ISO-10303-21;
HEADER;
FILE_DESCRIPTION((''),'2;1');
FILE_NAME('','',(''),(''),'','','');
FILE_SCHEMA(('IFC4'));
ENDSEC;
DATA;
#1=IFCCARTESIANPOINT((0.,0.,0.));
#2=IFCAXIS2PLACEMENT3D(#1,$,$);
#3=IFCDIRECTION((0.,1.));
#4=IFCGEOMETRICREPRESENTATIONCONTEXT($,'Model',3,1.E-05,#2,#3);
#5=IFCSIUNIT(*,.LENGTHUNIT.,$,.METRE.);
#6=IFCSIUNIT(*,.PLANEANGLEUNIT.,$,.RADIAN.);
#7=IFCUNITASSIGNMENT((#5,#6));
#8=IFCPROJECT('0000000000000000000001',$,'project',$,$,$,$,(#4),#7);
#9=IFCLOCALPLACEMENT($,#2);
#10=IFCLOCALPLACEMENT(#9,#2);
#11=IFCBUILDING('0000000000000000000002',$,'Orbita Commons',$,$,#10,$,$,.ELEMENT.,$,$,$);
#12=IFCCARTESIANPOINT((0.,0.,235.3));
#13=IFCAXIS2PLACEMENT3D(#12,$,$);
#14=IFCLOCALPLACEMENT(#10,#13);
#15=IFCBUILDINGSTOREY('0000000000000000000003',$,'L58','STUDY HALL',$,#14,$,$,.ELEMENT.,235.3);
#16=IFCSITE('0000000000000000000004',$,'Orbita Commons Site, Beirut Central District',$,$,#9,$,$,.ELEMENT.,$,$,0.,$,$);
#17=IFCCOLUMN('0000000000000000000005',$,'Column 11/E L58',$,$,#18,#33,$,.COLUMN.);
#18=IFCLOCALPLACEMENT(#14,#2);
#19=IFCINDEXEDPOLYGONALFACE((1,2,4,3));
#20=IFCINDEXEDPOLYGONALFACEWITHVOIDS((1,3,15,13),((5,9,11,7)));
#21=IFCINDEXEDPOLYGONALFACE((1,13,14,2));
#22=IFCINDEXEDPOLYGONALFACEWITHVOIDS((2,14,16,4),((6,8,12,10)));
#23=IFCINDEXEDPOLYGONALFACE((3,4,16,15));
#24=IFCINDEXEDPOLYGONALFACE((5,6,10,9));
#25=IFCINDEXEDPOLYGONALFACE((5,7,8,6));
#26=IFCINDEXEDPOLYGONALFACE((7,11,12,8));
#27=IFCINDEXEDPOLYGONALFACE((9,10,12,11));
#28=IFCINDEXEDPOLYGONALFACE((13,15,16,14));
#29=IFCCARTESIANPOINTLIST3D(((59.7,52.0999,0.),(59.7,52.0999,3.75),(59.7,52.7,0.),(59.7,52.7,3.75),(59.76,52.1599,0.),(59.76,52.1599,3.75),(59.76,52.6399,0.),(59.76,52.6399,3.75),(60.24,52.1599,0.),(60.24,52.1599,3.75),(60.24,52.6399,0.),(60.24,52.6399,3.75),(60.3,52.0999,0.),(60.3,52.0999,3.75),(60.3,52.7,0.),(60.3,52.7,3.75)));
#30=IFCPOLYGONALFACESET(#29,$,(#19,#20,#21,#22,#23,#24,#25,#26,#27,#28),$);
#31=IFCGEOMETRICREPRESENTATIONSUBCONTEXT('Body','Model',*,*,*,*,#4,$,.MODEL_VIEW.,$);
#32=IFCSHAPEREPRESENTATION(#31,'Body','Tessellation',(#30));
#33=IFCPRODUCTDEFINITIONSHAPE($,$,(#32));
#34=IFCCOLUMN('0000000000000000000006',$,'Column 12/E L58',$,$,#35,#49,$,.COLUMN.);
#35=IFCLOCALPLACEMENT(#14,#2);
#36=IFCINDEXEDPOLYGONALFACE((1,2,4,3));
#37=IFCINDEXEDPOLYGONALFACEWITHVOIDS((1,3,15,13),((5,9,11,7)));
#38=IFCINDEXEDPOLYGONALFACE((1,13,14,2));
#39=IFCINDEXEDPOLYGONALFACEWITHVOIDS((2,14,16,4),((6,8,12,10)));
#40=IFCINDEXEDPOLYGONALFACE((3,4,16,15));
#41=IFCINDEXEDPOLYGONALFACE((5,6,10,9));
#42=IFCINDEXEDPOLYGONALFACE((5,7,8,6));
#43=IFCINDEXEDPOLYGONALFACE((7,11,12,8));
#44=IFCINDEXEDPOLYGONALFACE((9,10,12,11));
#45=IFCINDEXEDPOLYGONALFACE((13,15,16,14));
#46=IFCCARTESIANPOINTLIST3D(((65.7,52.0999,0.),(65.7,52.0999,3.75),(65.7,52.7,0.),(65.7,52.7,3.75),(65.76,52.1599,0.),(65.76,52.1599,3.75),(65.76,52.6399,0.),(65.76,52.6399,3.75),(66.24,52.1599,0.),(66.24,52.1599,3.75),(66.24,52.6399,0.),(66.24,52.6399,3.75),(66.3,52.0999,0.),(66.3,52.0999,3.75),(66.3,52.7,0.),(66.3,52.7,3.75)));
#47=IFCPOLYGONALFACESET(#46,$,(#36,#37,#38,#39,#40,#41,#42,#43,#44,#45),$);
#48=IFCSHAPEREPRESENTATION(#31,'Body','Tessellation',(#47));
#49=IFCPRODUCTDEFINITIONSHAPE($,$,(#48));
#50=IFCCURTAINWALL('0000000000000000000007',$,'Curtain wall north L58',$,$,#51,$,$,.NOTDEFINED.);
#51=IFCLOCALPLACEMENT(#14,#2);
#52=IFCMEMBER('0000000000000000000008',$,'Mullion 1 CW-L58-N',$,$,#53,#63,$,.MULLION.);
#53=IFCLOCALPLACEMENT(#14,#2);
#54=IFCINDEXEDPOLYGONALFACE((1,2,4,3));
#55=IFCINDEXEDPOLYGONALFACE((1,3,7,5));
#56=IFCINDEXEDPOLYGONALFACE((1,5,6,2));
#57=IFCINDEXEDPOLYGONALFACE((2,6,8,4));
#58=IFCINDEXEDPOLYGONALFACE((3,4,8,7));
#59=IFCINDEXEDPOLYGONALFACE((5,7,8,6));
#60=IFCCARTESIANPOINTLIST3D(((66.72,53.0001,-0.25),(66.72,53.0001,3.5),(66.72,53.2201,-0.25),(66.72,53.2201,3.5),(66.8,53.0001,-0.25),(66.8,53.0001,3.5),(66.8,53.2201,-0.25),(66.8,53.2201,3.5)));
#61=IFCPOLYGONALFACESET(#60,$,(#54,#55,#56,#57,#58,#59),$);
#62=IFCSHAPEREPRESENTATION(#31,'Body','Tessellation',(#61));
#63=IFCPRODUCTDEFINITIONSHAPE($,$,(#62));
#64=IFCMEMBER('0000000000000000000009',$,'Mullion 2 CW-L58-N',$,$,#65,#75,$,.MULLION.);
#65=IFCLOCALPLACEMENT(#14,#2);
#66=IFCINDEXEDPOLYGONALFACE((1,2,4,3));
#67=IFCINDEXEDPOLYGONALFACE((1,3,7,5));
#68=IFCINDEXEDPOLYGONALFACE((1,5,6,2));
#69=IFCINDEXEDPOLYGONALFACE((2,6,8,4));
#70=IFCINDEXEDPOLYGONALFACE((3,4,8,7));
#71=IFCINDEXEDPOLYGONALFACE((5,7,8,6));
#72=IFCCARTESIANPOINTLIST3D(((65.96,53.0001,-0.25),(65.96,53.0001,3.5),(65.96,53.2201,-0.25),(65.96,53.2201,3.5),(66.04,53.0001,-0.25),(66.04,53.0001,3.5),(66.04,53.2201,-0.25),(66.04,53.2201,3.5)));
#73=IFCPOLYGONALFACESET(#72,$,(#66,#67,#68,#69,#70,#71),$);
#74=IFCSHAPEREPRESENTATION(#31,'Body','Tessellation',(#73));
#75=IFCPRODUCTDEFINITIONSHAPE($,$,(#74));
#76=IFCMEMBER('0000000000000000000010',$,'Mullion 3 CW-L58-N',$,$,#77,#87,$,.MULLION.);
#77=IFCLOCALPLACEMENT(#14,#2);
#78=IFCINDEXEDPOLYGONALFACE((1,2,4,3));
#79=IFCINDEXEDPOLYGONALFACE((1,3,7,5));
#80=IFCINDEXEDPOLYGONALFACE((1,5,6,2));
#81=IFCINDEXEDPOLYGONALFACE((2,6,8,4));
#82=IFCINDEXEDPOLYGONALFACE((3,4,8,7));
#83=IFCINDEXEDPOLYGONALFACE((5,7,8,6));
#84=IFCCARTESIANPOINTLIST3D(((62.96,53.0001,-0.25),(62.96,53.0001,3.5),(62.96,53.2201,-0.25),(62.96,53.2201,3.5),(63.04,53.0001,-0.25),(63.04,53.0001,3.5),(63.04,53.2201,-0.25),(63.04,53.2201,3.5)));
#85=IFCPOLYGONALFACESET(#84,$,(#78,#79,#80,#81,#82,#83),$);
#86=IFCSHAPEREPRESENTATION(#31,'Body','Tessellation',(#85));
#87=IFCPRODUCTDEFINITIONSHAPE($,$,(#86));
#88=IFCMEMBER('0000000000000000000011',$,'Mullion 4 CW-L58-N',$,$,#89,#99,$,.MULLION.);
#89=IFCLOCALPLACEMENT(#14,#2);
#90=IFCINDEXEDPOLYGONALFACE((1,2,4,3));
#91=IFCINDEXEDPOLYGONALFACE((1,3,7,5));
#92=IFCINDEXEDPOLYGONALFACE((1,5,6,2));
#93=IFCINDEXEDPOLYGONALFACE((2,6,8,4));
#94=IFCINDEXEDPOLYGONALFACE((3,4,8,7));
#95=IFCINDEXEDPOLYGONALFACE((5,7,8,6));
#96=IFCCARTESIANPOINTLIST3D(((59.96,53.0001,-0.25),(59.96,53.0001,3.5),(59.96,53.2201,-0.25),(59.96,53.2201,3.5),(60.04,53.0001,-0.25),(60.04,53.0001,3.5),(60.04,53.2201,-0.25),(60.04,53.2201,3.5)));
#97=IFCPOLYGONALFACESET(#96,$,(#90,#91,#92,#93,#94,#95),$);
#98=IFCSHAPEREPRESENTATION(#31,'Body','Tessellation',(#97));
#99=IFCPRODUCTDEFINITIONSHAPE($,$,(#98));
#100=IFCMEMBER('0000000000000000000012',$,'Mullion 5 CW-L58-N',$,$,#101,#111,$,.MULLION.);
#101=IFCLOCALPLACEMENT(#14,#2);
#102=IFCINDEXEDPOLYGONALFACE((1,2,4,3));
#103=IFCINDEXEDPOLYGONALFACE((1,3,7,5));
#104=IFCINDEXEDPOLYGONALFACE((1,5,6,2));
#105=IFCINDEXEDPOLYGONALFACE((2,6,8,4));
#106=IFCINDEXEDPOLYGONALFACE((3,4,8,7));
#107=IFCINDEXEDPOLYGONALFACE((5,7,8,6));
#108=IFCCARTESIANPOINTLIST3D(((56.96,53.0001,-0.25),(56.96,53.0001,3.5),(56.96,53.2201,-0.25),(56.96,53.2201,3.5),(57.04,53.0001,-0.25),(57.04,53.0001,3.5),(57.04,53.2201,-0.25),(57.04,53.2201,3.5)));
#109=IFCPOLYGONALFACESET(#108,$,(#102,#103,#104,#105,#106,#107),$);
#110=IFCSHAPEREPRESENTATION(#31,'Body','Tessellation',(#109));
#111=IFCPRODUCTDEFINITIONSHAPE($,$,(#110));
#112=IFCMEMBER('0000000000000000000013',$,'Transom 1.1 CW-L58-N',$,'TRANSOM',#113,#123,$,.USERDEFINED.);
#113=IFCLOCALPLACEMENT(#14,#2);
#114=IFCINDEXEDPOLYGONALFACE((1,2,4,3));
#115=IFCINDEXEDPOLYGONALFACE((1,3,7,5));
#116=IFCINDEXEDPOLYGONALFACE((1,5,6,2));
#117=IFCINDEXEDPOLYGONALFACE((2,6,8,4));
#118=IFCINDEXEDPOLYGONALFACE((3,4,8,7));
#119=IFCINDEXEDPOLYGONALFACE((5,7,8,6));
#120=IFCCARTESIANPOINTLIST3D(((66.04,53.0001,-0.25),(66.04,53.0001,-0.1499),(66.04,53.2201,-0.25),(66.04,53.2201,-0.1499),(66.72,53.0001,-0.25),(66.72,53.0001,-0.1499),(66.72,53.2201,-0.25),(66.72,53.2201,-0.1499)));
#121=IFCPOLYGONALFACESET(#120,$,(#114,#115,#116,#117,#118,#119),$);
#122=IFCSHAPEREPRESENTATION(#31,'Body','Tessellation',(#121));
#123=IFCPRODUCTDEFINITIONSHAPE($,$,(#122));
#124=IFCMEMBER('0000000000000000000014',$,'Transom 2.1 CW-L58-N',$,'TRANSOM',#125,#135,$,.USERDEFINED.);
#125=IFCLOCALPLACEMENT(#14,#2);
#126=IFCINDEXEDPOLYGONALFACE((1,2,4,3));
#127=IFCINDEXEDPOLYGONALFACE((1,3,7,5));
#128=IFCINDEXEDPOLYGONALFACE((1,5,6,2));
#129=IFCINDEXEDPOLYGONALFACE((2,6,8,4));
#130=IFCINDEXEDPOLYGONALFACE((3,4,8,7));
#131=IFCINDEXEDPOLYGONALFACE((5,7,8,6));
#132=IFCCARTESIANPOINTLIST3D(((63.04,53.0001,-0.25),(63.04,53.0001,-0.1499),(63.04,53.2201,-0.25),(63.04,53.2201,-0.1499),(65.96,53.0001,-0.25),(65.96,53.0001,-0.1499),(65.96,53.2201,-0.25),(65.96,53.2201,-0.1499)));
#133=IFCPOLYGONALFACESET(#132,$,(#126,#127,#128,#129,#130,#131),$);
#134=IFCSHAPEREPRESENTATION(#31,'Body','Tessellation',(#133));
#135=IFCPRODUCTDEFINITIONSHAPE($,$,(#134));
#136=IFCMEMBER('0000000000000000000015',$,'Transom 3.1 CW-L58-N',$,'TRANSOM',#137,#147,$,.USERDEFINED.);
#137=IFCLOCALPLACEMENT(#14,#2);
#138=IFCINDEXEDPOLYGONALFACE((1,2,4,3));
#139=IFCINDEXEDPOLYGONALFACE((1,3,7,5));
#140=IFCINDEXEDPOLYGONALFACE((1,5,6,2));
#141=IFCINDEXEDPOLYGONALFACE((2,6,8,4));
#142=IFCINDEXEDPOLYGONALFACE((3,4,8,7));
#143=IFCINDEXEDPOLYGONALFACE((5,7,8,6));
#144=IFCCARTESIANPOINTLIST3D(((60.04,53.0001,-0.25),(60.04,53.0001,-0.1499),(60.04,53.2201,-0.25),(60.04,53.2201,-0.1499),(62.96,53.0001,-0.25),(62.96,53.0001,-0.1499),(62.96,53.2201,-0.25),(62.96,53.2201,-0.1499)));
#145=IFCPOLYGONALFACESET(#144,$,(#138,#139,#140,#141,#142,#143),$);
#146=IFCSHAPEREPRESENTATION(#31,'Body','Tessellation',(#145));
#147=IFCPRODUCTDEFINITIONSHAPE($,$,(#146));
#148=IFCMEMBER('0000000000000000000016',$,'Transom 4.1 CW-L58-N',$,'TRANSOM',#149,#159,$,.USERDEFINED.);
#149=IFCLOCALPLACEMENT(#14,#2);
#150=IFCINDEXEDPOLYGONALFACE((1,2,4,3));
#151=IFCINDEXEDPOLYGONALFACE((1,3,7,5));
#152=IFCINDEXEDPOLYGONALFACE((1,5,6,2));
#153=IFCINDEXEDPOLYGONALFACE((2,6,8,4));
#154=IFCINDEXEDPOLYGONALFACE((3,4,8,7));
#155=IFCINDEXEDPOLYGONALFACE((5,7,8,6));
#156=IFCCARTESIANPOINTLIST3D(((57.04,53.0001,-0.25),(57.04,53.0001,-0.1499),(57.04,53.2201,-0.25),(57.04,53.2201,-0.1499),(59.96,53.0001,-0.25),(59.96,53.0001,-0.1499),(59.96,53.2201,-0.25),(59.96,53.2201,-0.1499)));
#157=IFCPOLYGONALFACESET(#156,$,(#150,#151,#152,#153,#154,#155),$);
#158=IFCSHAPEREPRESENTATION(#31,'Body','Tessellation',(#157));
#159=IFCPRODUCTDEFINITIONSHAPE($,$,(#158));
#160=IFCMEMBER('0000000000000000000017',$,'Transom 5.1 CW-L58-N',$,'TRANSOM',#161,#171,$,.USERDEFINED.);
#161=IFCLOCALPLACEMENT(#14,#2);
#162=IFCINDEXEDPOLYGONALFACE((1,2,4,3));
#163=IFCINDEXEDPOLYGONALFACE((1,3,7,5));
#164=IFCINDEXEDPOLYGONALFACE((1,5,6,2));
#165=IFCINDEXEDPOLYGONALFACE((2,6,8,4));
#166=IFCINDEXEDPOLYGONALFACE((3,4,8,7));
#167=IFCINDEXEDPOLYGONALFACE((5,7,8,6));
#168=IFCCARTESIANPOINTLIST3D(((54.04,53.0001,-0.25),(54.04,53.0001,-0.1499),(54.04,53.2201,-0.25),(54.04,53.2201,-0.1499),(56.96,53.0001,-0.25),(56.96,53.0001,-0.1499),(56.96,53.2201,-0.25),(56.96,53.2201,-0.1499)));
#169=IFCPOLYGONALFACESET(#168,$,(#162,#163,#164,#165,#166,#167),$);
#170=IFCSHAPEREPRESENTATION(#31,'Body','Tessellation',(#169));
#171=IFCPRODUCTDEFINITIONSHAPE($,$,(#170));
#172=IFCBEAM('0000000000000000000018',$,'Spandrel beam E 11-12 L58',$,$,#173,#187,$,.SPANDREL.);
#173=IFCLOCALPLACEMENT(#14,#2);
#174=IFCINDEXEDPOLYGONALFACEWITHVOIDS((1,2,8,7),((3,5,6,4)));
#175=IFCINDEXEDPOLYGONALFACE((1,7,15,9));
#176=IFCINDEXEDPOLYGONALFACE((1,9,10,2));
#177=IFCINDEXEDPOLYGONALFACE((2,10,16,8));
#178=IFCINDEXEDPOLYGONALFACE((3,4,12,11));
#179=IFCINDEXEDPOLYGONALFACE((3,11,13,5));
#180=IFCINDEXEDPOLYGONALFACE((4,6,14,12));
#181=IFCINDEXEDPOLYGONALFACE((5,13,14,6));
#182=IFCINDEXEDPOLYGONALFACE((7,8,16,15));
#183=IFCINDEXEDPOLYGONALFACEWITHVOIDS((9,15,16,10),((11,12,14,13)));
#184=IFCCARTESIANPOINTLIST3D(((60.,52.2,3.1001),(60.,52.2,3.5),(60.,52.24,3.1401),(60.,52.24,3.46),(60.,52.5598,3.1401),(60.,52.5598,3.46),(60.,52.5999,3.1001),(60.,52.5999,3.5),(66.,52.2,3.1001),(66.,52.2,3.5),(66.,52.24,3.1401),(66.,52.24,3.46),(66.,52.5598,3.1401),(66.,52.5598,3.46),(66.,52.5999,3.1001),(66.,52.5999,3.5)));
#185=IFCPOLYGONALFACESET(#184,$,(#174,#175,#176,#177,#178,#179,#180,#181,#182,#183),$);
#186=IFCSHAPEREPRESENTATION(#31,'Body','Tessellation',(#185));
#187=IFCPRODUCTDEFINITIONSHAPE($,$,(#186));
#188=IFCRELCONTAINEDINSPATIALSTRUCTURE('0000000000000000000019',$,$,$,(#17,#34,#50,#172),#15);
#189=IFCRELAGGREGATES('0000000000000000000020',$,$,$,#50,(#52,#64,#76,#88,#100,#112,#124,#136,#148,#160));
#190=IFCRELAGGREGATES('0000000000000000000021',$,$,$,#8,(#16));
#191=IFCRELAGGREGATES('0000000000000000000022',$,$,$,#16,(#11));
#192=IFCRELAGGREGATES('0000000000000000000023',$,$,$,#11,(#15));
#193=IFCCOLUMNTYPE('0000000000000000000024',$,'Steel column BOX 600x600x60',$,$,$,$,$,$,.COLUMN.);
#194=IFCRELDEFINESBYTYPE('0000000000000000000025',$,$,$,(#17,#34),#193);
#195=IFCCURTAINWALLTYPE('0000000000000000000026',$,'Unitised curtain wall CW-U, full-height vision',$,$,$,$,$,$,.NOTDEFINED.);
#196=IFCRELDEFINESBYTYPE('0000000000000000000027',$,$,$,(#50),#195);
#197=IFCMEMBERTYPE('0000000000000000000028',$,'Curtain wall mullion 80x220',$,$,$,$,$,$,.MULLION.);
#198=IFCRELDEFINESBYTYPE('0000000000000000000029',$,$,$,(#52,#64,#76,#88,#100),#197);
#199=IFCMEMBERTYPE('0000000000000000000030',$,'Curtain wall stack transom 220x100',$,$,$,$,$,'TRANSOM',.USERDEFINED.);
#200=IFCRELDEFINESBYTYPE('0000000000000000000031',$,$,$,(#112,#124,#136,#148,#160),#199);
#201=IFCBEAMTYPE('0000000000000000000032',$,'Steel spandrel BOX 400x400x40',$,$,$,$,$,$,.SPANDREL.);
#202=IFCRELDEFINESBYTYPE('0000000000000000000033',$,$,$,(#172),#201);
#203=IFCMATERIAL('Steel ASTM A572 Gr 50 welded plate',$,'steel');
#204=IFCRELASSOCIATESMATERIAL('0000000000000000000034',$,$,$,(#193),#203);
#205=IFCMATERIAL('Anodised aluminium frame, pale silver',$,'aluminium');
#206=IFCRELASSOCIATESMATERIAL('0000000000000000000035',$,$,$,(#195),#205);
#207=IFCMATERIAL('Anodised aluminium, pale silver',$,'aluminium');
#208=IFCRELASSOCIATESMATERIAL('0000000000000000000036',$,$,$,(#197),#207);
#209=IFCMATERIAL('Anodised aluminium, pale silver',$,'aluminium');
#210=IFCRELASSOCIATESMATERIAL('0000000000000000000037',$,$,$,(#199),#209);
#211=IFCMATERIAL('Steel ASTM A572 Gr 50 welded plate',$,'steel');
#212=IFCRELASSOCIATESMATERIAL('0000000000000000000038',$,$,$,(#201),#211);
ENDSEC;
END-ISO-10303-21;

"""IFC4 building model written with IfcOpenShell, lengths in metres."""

from ifc_helpers import new_model, si_unit, direction, frame, origin, origin_2d, place, context, subcontext, project, spatial, rectangle, hollow_rectangle, extrude, material, material_profile, profile_set, type_object, element, aggregate, save


model = new_model("IFC4")

# Units and contexts
model_context = context("Model", 3, precision=1e-05, world=origin(), true_north=direction((0.0, 1.0)))
body_context = subcontext(model_context, "Body", "Model", "MODEL_VIEW")
ifc_project = project(units=[si_unit("LENGTHUNIT", "METRE"), si_unit("PLANEANGLEUNIT", "RADIAN")], contexts=[model_context])

# Site, building, storey
site_placement = place(None, origin())
site = spatial("IfcSite", under=ifc_project, at=site_placement, Name="Orbita Commons Site, Beirut Central District", CompositionType="ELEMENT", RefElevation=0.0)
building_placement = place(site_placement, origin())
building = spatial("IfcBuilding", under=site, at=building_placement, Name="Orbita Commons", CompositionType="ELEMENT")
storey_placement = place(building_placement, frame((0.0, 0.0, 235.3)))
storey = spatial("IfcBuildingStorey", under=building, at=storey_placement, Name="L58", Description="STUDY HALL", CompositionType="ELEMENT", Elevation=235.3)

# Columns
ifc_material_1 = material(Name="Steel ASTM A572 Gr 50 welded plate", Category="steel")
ifc_material_profile_1 = material_profile(ifc_material_1, hollow_rectangle(XDim=0.6001, YDim=0.6001, WallThickness=0.0601, at=origin_2d()), Name="BOX 600x600x60")
ifc_profile_set_1 = profile_set([ifc_material_profile_1], Name="Steel ASTM A572 Gr 50 welded plate")
column_type = type_object("IfcColumnType", Name="Steel column BOX 600x600x60", PredefinedType="COLUMN", material=ifc_profile_set_1)
for number, where, z_axis, x_axis, name in (
    (1, (60.0, 52.3999, 0.0), (0.0, 0.0, 1.0), (1.0, 0.0, 0.0), "Column 11/E L58"),
    (2, (66.0, 52.3999, 0.0), (0.0, 0.0, 1.0), (1.0, 0.0, 0.0), "Column 12/E L58"),
):
    element("IfcColumn", number, at=place(storey_placement, frame(where, z_axis=z_axis, x_axis=x_axis)), inside=storey, type_object=column_type, Name=name, PredefinedType="COLUMN", context=body_context, shape_type="SweptSolid", body=[
        extrude(hollow_rectangle(XDim=0.6001, YDim=0.6001, WallThickness=0.0601, at=origin_2d()), origin(), (0.0, 0.0, 1.0), 3.75),
    ])

# Curtain wall, members
ifc_material_2 = material(Name="Anodised aluminium frame, pale silver", Category="aluminium")
curtain_wall_type = type_object("IfcCurtainWallType", Name="Unitised curtain wall CW-U, full-height vision", PredefinedType="NOTDEFINED", material=ifc_material_2)
curtain_wall_placement = place(storey_placement, origin())
curtain_wall = element("IfcCurtainWall", 3, at=curtain_wall_placement, inside=storey, type_object=curtain_wall_type, Name="Curtain wall north L58", PredefinedType="NOTDEFINED")
ifc_material_3 = material(Name="Anodised aluminium, pale silver", Category="aluminium")
ifc_material_profile_2 = material_profile(ifc_material_3, rectangle(XDim=0.0801, YDim=0.22, at=origin_2d()), Name="AL 80x220")
ifc_profile_set_2 = profile_set([ifc_material_profile_2], Name="Anodised aluminium, pale silver")
member_type_1 = type_object("IfcMemberType", Name="Curtain wall mullion 80x220", PredefinedType="MULLION", material=ifc_profile_set_2)
member_1_placement = place(storey_placement, frame((66.76, 53.1101, -0.25), z_axis=(0.0, 0.0, 1.0), x_axis=(-1.0, 0.0, 0.0)))
member_1 = element("IfcMember", 4, at=member_1_placement, type_object=member_type_1, Name="Mullion 1 CW-L58-N", PredefinedType="MULLION", context=body_context, shape_type="SweptSolid", body=[
    extrude(rectangle(XDim=0.0801, YDim=0.22, at=origin_2d()), origin(), (0.0, 0.0, 1.0), 3.75),
])
member_2_placement = place(storey_placement, frame((66.0, 53.1101, -0.25), z_axis=(0.0, 0.0, 1.0), x_axis=(-1.0, 0.0, 0.0)))
member_2 = element("IfcMember", 5, at=member_2_placement, type_object=member_type_1, Name="Mullion 2 CW-L58-N", PredefinedType="MULLION", context=body_context, shape_type="SweptSolid", body=[
    extrude(rectangle(XDim=0.0801, YDim=0.22, at=origin_2d()), origin(), (0.0, 0.0, 1.0), 3.75),
])
member_3_placement = place(storey_placement, frame((63.0, 53.1101, -0.25), z_axis=(0.0, 0.0, 1.0), x_axis=(-1.0, 0.0, 0.0)))
member_3 = element("IfcMember", 6, at=member_3_placement, type_object=member_type_1, Name="Mullion 3 CW-L58-N", PredefinedType="MULLION", context=body_context, shape_type="SweptSolid", body=[
    extrude(rectangle(XDim=0.0801, YDim=0.22, at=origin_2d()), origin(), (0.0, 0.0, 1.0), 3.75),
])
member_4_placement = place(storey_placement, frame((60.0, 53.1101, -0.25), z_axis=(0.0, 0.0, 1.0), x_axis=(-1.0, 0.0, 0.0)))
member_4 = element("IfcMember", 7, at=member_4_placement, type_object=member_type_1, Name="Mullion 4 CW-L58-N", PredefinedType="MULLION", context=body_context, shape_type="SweptSolid", body=[
    extrude(rectangle(XDim=0.0801, YDim=0.22, at=origin_2d()), origin(), (0.0, 0.0, 1.0), 3.75),
])
member_5_placement = place(storey_placement, frame((57.0, 53.1101, -0.25), z_axis=(0.0, 0.0, 1.0), x_axis=(-1.0, 0.0, 0.0)))
member_5 = element("IfcMember", 8, at=member_5_placement, type_object=member_type_1, Name="Mullion 5 CW-L58-N", PredefinedType="MULLION", context=body_context, shape_type="SweptSolid", body=[
    extrude(rectangle(XDim=0.0801, YDim=0.22, at=origin_2d()), origin(), (0.0, 0.0, 1.0), 3.75),
])
ifc_material_4 = material(Name="Anodised aluminium, pale silver", Category="aluminium")
ifc_material_profile_3 = material_profile(ifc_material_4, rectangle(XDim=0.22, YDim=0.1001, at=origin_2d()), Name="AL 220x100")
ifc_profile_set_3 = profile_set([ifc_material_profile_3], Name="Anodised aluminium, pale silver")
member_type_2 = type_object("IfcMemberType", Name="Curtain wall stack transom 220x100", ElementType="TRANSOM", PredefinedType="USERDEFINED", material=ifc_profile_set_3)
member_6_placement = place(storey_placement, frame((66.72, 53.1101, -0.2), z_axis=(-1.0, 0.0, 0.0), x_axis=(0.0, -1.0, 0.0)))
member_6 = element("IfcMember", 9, at=member_6_placement, type_object=member_type_2, Name="Transom 1.1 CW-L58-N", ObjectType="TRANSOM", PredefinedType="USERDEFINED", context=body_context, shape_type="SweptSolid", body=[
    extrude(rectangle(XDim=0.22, YDim=0.1001, at=origin_2d()), origin(), (0.0, 0.0, 1.0), 0.6799),
])
member_7_placement = place(storey_placement, frame((65.96, 53.1101, -0.2), z_axis=(-1.0, 0.0, 0.0), x_axis=(0.0, -1.0, 0.0)))
member_7 = element("IfcMember", 10, at=member_7_placement, type_object=member_type_2, Name="Transom 2.1 CW-L58-N", ObjectType="TRANSOM", PredefinedType="USERDEFINED", context=body_context, shape_type="SweptSolid", body=[
    extrude(rectangle(XDim=0.22, YDim=0.1001, at=origin_2d()), origin(), (0.0, 0.0, 1.0), 2.9199),
])
member_8_placement = place(storey_placement, frame((62.96, 53.1101, -0.2), z_axis=(-1.0, 0.0, 0.0), x_axis=(0.0, -1.0, 0.0)))
member_8 = element("IfcMember", 11, at=member_8_placement, type_object=member_type_2, Name="Transom 3.1 CW-L58-N", ObjectType="TRANSOM", PredefinedType="USERDEFINED", context=body_context, shape_type="SweptSolid", body=[
    extrude(rectangle(XDim=0.22, YDim=0.1001, at=origin_2d()), origin(), (0.0, 0.0, 1.0), 2.9199),
])
member_9_placement = place(storey_placement, frame((59.96, 53.1101, -0.2), z_axis=(-1.0, 0.0, 0.0), x_axis=(0.0, -1.0, 0.0)))
member_9 = element("IfcMember", 12, at=member_9_placement, type_object=member_type_2, Name="Transom 4.1 CW-L58-N", ObjectType="TRANSOM", PredefinedType="USERDEFINED", context=body_context, shape_type="SweptSolid", body=[
    extrude(rectangle(XDim=0.22, YDim=0.1001, at=origin_2d()), origin(), (0.0, 0.0, 1.0), 2.9199),
])
member_10_placement = place(storey_placement, frame((56.96, 53.1101, -0.2), z_axis=(-1.0, 0.0, 0.0), x_axis=(0.0, -1.0, 0.0)))
member_10 = element("IfcMember", 13, at=member_10_placement, type_object=member_type_2, Name="Transom 5.1 CW-L58-N", ObjectType="TRANSOM", PredefinedType="USERDEFINED", context=body_context, shape_type="SweptSolid", body=[
    extrude(rectangle(XDim=0.22, YDim=0.1001, at=origin_2d()), origin(), (0.0, 0.0, 1.0), 2.9199),
])

# Beam
ifc_material_5 = material(Name="Steel ASTM A572 Gr 50 welded plate", Category="steel")
ifc_material_profile_4 = material_profile(ifc_material_5, hollow_rectangle(XDim=0.3999, YDim=0.3999, WallThickness=0.04, at=origin_2d()), Name="BOX 400x400x40")
ifc_profile_set_4 = profile_set([ifc_material_profile_4], Name="Steel ASTM A572 Gr 50 welded plate")
beam_type = type_object("IfcBeamType", Name="Steel spandrel BOX 400x400x40", PredefinedType="SPANDREL", material=ifc_profile_set_4)
beam_placement = place(storey_placement, frame((60.0, 52.3999, 3.3), z_axis=(1.0, 0.0, 0.0), x_axis=(0.0, 1.0, 0.0)))
element("IfcBeam", 14, at=beam_placement, inside=storey, type_object=beam_type, Name="Spandrel beam E 11-12 L58", PredefinedType="SPANDREL", context=body_context, shape_type="SweptSolid", body=[
    extrude(hollow_rectangle(XDim=0.3999, YDim=0.3999, WallThickness=0.04, at=origin_2d()), origin(), (0.0, 0.0, 1.0), 6.0),
])

aggregate(curtain_wall, [member_1, member_2, member_3, member_4, member_5, member_6, member_7, member_8, member_9, member_10])

save(model, "model.ifc")
